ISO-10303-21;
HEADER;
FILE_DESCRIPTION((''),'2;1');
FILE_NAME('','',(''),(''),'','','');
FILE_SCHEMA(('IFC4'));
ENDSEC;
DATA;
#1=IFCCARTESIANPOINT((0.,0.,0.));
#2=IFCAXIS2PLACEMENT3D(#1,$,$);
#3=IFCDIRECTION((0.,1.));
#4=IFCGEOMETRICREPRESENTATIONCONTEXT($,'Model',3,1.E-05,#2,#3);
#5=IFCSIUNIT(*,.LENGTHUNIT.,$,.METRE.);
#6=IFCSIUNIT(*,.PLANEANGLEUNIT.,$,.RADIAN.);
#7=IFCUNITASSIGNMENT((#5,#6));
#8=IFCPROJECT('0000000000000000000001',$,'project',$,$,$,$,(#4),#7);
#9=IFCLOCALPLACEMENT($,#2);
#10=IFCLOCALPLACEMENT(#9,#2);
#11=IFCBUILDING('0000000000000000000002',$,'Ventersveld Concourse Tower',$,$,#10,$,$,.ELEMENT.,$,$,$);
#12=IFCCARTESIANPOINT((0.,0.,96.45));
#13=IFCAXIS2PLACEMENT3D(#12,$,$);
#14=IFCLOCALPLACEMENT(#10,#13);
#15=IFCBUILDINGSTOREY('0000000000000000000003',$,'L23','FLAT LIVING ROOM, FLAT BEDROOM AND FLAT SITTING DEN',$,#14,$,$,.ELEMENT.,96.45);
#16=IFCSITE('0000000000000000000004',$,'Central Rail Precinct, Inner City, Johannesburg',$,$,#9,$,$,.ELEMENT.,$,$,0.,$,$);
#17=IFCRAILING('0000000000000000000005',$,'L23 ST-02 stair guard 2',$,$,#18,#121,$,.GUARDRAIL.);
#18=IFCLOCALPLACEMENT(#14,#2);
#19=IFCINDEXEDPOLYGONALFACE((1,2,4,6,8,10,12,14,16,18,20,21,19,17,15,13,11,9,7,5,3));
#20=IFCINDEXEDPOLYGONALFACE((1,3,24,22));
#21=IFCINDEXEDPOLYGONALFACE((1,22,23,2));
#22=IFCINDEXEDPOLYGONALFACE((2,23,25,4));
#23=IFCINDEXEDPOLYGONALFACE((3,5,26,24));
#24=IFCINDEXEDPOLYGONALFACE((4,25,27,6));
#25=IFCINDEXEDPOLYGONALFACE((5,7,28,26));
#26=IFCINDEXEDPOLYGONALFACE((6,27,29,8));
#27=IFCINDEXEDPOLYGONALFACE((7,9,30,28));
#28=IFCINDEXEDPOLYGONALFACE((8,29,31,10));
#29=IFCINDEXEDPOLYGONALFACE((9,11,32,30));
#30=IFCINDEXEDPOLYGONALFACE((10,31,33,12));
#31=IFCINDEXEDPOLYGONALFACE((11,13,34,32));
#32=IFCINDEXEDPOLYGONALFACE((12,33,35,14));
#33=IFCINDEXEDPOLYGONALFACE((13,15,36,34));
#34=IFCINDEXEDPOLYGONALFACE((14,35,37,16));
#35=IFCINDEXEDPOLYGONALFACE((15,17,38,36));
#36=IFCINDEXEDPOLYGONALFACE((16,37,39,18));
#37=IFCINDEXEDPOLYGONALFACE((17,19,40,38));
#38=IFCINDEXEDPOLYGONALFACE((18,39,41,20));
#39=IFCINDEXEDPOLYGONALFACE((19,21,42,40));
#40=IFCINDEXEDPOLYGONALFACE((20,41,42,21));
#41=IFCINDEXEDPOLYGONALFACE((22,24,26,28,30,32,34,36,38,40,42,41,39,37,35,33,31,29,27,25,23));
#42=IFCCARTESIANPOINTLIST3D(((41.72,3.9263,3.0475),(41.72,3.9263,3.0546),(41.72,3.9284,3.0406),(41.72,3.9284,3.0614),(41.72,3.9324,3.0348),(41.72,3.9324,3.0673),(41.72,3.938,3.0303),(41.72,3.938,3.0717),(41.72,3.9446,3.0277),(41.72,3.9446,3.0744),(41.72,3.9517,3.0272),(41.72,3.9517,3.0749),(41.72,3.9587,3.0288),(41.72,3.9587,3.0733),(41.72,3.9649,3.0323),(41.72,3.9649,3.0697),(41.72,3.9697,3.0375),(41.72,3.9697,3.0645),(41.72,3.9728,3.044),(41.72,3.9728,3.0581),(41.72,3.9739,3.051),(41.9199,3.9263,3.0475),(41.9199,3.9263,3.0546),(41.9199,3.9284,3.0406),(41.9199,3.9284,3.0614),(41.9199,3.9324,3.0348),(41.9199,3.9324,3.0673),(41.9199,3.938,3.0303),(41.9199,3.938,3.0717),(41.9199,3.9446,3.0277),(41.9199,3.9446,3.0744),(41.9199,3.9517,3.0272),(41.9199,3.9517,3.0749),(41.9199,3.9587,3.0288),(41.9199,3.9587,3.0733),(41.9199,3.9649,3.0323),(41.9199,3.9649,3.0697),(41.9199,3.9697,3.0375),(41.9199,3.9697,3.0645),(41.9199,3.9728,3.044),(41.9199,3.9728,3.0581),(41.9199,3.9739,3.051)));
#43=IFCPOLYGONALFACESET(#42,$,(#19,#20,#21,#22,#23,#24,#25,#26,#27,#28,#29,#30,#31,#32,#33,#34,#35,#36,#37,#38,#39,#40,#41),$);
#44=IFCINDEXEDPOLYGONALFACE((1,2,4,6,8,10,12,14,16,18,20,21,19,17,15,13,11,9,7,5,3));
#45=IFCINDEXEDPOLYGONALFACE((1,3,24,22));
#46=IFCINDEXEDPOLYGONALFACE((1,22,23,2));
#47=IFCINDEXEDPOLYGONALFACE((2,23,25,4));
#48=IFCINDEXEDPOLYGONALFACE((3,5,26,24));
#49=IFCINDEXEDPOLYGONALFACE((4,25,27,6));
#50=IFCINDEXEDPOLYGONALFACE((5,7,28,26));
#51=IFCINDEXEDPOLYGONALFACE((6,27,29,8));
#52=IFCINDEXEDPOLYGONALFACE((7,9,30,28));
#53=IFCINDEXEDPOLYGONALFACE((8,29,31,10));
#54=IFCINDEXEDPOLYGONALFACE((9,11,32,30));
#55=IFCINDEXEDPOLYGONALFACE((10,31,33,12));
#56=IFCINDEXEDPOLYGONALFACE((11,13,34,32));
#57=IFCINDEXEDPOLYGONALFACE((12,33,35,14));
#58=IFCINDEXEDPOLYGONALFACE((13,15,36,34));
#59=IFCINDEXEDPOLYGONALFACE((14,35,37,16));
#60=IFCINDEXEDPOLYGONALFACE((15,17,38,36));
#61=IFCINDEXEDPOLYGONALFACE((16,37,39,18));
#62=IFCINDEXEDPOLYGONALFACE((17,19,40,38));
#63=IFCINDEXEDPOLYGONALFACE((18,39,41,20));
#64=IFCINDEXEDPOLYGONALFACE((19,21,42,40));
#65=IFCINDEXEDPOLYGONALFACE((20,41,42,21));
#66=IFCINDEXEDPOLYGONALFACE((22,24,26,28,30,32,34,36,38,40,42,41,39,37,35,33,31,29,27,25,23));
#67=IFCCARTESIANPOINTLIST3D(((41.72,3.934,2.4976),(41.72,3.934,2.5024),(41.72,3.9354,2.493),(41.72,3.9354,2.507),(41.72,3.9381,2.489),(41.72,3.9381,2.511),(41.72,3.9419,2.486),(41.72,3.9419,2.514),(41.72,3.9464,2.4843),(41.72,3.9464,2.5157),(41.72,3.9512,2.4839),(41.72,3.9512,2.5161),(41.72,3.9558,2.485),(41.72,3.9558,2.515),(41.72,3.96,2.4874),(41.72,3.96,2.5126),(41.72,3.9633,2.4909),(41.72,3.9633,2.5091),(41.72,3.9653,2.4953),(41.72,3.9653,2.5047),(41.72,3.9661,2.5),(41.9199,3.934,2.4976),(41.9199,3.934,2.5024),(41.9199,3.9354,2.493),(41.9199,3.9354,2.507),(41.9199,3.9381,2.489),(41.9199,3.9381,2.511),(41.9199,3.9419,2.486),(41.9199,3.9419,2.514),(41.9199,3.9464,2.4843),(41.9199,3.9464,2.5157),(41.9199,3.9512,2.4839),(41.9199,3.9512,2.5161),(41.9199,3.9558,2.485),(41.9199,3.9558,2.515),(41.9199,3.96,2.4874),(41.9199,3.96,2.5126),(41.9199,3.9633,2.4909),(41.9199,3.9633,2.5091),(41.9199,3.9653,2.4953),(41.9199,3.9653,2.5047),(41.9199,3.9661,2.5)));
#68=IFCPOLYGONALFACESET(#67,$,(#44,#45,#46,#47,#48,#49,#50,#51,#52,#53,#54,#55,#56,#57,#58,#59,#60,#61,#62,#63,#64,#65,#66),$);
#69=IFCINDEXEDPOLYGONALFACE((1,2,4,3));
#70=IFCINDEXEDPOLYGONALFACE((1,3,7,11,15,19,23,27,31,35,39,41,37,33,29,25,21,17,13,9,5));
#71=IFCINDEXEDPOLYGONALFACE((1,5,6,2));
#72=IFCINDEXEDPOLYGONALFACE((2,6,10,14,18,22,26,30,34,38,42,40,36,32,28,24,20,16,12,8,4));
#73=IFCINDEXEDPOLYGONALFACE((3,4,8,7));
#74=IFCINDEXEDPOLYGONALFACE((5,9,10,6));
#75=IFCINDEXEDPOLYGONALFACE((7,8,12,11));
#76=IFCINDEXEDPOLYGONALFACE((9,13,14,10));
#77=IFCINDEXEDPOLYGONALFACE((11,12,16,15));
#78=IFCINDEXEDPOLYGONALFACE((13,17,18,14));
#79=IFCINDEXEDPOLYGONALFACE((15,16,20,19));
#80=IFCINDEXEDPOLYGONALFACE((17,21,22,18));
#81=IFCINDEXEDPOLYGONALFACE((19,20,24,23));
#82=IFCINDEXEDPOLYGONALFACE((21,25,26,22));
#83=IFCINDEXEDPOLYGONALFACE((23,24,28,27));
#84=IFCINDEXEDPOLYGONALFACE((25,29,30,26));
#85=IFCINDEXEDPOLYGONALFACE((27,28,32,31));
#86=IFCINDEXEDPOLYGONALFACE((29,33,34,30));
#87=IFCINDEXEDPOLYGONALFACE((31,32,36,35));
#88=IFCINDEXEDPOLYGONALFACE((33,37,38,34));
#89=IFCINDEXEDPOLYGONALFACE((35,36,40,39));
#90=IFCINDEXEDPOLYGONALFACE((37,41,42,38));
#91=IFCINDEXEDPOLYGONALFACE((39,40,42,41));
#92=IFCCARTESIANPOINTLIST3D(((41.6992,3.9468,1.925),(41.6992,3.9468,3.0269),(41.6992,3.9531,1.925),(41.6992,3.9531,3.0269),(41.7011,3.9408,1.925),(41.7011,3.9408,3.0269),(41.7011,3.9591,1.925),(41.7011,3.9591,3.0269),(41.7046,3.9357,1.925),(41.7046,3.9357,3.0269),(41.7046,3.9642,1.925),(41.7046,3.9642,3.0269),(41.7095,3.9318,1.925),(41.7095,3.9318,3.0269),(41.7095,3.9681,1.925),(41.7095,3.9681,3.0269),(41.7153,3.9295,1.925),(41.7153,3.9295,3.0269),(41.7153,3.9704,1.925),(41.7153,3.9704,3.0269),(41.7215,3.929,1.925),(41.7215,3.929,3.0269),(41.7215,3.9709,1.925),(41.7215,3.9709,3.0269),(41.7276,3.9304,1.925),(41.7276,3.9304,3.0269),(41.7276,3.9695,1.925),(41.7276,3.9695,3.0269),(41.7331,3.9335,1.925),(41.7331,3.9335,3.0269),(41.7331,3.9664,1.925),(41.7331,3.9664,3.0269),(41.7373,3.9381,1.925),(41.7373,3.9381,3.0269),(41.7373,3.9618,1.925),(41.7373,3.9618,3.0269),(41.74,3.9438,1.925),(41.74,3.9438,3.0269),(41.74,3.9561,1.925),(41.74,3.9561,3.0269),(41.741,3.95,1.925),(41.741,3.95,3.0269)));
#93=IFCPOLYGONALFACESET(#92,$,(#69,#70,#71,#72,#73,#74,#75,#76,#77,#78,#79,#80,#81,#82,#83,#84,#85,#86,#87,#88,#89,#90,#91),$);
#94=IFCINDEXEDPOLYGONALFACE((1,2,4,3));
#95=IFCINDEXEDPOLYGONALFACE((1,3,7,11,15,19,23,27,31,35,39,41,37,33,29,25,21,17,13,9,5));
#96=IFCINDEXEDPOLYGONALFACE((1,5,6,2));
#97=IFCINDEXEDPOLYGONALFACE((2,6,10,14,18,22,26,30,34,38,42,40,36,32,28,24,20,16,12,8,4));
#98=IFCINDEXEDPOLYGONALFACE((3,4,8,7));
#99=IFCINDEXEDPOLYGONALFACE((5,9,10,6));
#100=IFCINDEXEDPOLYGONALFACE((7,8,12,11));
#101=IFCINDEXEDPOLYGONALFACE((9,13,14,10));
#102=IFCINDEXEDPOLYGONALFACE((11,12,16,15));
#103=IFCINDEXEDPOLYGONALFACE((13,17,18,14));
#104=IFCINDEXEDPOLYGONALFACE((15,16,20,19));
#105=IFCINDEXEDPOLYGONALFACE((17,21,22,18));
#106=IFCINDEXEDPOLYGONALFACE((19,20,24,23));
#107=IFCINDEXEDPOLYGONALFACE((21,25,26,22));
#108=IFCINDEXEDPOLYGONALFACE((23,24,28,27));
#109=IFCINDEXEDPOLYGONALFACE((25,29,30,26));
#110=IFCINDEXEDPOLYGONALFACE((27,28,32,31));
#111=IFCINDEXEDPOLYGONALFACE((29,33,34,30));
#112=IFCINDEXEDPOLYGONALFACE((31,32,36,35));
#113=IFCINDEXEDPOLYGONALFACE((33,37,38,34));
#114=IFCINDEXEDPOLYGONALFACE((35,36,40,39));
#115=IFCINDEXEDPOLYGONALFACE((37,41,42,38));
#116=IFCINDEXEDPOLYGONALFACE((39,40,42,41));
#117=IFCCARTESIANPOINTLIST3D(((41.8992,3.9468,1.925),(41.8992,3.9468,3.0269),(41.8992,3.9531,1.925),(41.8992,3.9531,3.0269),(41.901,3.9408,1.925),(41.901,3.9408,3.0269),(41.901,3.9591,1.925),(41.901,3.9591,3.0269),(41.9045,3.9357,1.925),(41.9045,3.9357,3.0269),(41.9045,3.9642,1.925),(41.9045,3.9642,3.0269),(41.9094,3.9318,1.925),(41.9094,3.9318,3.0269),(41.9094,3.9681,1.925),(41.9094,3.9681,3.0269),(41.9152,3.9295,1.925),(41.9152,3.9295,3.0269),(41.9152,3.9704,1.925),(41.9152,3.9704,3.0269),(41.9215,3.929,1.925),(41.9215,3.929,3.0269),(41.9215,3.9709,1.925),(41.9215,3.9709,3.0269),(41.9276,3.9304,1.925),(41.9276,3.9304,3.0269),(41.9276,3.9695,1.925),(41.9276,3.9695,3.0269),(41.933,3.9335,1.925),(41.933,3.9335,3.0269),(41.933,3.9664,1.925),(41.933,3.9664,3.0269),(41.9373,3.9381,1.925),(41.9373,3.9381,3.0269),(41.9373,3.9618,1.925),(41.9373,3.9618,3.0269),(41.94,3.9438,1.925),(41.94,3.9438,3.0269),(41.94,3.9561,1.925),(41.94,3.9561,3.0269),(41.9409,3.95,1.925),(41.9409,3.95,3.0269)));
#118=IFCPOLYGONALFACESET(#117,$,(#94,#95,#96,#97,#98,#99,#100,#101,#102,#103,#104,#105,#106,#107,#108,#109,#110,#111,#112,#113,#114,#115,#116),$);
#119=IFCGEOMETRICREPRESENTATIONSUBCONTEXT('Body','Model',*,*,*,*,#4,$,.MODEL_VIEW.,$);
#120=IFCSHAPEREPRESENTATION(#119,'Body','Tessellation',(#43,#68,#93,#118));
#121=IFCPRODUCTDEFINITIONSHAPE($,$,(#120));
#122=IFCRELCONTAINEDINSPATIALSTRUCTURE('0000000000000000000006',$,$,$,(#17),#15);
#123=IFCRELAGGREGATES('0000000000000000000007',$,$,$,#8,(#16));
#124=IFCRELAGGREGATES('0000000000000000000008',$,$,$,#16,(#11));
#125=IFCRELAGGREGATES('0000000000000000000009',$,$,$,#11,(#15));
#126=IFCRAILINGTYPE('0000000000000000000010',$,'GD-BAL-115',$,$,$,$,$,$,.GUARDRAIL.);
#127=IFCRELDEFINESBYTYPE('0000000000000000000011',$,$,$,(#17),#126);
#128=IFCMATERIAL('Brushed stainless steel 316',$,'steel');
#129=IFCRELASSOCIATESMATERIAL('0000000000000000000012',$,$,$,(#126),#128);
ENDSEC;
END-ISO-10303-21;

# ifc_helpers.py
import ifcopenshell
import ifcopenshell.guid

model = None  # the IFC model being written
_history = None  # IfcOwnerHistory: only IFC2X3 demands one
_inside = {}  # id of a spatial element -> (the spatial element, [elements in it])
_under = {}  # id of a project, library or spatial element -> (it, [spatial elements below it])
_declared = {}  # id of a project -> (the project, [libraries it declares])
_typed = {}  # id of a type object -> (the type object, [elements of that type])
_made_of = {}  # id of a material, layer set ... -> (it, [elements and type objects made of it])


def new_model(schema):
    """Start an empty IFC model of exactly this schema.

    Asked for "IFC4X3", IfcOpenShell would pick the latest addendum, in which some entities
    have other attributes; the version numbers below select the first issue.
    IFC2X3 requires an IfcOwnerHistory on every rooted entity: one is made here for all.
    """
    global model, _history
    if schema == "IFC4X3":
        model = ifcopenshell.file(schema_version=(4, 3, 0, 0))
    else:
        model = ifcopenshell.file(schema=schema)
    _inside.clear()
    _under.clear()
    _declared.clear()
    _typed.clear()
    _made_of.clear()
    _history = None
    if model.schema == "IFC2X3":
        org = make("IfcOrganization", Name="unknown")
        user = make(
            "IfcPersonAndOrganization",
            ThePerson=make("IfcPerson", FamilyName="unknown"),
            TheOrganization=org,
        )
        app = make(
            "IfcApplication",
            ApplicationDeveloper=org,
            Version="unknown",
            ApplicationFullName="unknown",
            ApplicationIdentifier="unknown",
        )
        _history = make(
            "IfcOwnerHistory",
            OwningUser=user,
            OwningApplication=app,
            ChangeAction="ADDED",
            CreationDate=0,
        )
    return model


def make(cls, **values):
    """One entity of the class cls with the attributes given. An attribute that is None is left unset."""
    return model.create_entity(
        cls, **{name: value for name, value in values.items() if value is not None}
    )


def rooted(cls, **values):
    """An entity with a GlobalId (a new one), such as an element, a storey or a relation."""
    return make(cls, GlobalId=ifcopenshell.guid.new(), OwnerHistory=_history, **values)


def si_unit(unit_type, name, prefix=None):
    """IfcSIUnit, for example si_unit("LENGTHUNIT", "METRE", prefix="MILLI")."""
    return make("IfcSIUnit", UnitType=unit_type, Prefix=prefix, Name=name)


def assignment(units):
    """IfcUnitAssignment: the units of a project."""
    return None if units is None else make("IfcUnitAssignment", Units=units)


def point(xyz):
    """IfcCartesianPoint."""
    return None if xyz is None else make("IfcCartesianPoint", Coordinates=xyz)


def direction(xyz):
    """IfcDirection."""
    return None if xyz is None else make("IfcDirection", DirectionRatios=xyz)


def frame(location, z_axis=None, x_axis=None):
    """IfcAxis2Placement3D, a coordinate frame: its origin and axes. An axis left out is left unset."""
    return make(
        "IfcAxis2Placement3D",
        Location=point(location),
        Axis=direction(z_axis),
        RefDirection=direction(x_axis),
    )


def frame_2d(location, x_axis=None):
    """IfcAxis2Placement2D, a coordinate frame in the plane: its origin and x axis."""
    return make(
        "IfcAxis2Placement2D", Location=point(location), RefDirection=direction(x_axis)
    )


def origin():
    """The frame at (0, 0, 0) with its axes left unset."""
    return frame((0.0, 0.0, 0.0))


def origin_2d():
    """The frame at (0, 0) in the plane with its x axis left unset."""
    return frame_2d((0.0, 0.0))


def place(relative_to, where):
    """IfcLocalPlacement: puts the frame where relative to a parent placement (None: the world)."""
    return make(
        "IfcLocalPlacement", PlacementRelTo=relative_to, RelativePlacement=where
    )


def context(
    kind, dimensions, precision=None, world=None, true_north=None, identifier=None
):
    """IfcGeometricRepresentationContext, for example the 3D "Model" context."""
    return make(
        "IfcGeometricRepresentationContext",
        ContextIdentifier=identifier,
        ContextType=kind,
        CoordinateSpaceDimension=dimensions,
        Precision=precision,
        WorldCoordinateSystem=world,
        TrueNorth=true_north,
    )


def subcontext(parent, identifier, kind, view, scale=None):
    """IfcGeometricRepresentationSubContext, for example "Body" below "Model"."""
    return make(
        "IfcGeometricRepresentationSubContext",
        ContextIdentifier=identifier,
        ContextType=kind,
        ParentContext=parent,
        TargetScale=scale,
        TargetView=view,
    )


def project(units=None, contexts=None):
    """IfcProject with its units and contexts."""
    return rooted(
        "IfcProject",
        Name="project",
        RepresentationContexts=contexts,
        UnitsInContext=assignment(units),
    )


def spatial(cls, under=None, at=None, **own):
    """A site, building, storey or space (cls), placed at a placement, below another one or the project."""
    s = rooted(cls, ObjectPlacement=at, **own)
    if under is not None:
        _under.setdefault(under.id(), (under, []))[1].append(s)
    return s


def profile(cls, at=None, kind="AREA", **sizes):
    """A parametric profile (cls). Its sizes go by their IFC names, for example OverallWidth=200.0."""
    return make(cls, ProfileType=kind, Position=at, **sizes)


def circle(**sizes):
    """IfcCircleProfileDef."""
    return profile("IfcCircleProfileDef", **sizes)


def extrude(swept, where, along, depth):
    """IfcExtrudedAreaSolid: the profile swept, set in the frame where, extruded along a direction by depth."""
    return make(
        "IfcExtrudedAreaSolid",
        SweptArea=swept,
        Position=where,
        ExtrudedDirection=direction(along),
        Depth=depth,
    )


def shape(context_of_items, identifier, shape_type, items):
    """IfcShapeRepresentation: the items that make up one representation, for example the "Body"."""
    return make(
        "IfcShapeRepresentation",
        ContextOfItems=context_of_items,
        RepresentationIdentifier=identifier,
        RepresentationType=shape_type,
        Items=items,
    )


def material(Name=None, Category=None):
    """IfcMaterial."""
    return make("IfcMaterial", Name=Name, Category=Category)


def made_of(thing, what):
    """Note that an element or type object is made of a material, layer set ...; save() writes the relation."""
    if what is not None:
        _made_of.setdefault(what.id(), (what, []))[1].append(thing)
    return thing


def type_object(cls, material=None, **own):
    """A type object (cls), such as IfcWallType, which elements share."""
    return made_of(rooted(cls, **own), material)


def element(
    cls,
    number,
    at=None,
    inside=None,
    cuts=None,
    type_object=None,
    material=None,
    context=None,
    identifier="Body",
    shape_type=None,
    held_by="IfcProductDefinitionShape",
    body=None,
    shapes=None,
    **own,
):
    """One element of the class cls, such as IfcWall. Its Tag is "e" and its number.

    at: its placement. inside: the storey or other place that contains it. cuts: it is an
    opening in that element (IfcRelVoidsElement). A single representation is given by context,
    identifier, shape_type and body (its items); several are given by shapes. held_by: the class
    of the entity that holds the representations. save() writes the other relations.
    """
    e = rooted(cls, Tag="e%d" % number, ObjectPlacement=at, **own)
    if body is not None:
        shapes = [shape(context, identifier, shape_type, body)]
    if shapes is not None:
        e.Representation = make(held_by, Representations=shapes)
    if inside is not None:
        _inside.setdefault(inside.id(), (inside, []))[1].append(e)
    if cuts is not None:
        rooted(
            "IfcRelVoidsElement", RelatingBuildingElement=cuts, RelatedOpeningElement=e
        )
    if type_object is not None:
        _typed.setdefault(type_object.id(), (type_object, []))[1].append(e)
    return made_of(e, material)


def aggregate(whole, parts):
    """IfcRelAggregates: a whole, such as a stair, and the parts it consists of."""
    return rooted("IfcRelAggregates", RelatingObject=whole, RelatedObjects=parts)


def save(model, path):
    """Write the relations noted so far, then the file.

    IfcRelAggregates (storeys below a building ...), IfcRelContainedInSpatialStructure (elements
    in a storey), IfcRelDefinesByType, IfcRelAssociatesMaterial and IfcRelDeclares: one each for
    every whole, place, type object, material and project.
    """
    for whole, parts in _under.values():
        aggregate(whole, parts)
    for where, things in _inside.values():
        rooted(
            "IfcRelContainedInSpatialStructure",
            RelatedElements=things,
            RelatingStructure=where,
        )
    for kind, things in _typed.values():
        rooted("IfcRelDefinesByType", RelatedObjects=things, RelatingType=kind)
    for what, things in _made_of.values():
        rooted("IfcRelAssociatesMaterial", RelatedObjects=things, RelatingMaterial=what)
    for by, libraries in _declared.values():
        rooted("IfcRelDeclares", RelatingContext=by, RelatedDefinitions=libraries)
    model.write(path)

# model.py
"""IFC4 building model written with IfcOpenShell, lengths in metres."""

from ifc_helpers import new_model, si_unit, direction, frame, origin, origin_2d, place, context, subcontext, project, spatial, circle, extrude, material, type_object, element, save


model = new_model("IFC4")

# Units and contexts
model_context = context("Model", 3, precision=1e-05, world=origin(), true_north=direction((0.0, 1.0)))
body_context = subcontext(model_context, "Body", "Model", "MODEL_VIEW")
ifc_project = project(units=[si_unit("LENGTHUNIT", "METRE"), si_unit("PLANEANGLEUNIT", "RADIAN")], contexts=[model_context])

# Site, building, storey
site_placement = place(None, origin())
site = spatial("IfcSite", under=ifc_project, at=site_placement, Name="Central Rail Precinct, Inner City, Johannesburg", CompositionType="ELEMENT", RefElevation=0.0)
building_placement = place(site_placement, origin())
building = spatial("IfcBuilding", under=site, at=building_placement, Name="Ventersveld Concourse Tower", CompositionType="ELEMENT")
storey_placement = place(building_placement, frame((0.0, 0.0, 96.45)))
storey = spatial("IfcBuildingStorey", under=building, at=storey_placement, Name="L23", Description="FLAT LIVING ROOM, FLAT BEDROOM AND FLAT SITTING DEN", CompositionType="ELEMENT", Elevation=96.45)

# Railing
ifc_material_1 = material(Name="Brushed stainless steel 316", Category="steel")
railing_type_1 = type_object("IfcRailingType", Name="GD-BAL-115", PredefinedType="GUARDRAIL", material=ifc_material_1)
railing_1_placement = place(storey_placement, frame((41.72, 3.95, 1.925)))
element("IfcRailing", 1, at=railing_1_placement, inside=storey, type_object=railing_type_1, Name="L23 ST-02 stair guard 2", PredefinedType="GUARDRAIL", context=body_context, shape_type="SweptSolid", body=[
    extrude(circle(Radius=0.0239, at=origin_2d()), frame((0.0, 0.0, 1.126), z_axis=(1.0, 0.0, 0.0), x_axis=(0.0, 1.0, 0.0)), (0.0, 0.0, 1.0), 0.2),
    extrude(circle(Radius=0.0161, at=origin_2d()), frame((0.0, 0.0, 0.575), z_axis=(1.0, 0.0, 0.0), x_axis=(0.0, 1.0, 0.0)), (0.0, 0.0, 1.0), 0.2),
    extrude(circle(Radius=0.021, at=origin_2d()), origin(), (0.0, 0.0, 1.0), 1.1018),
    extrude(circle(Radius=0.021, at=origin_2d()), frame((0.2, 0.0, 0.0)), (0.0, 0.0, 1.0), 1.1018),
])

save(model, "model.ifc")
